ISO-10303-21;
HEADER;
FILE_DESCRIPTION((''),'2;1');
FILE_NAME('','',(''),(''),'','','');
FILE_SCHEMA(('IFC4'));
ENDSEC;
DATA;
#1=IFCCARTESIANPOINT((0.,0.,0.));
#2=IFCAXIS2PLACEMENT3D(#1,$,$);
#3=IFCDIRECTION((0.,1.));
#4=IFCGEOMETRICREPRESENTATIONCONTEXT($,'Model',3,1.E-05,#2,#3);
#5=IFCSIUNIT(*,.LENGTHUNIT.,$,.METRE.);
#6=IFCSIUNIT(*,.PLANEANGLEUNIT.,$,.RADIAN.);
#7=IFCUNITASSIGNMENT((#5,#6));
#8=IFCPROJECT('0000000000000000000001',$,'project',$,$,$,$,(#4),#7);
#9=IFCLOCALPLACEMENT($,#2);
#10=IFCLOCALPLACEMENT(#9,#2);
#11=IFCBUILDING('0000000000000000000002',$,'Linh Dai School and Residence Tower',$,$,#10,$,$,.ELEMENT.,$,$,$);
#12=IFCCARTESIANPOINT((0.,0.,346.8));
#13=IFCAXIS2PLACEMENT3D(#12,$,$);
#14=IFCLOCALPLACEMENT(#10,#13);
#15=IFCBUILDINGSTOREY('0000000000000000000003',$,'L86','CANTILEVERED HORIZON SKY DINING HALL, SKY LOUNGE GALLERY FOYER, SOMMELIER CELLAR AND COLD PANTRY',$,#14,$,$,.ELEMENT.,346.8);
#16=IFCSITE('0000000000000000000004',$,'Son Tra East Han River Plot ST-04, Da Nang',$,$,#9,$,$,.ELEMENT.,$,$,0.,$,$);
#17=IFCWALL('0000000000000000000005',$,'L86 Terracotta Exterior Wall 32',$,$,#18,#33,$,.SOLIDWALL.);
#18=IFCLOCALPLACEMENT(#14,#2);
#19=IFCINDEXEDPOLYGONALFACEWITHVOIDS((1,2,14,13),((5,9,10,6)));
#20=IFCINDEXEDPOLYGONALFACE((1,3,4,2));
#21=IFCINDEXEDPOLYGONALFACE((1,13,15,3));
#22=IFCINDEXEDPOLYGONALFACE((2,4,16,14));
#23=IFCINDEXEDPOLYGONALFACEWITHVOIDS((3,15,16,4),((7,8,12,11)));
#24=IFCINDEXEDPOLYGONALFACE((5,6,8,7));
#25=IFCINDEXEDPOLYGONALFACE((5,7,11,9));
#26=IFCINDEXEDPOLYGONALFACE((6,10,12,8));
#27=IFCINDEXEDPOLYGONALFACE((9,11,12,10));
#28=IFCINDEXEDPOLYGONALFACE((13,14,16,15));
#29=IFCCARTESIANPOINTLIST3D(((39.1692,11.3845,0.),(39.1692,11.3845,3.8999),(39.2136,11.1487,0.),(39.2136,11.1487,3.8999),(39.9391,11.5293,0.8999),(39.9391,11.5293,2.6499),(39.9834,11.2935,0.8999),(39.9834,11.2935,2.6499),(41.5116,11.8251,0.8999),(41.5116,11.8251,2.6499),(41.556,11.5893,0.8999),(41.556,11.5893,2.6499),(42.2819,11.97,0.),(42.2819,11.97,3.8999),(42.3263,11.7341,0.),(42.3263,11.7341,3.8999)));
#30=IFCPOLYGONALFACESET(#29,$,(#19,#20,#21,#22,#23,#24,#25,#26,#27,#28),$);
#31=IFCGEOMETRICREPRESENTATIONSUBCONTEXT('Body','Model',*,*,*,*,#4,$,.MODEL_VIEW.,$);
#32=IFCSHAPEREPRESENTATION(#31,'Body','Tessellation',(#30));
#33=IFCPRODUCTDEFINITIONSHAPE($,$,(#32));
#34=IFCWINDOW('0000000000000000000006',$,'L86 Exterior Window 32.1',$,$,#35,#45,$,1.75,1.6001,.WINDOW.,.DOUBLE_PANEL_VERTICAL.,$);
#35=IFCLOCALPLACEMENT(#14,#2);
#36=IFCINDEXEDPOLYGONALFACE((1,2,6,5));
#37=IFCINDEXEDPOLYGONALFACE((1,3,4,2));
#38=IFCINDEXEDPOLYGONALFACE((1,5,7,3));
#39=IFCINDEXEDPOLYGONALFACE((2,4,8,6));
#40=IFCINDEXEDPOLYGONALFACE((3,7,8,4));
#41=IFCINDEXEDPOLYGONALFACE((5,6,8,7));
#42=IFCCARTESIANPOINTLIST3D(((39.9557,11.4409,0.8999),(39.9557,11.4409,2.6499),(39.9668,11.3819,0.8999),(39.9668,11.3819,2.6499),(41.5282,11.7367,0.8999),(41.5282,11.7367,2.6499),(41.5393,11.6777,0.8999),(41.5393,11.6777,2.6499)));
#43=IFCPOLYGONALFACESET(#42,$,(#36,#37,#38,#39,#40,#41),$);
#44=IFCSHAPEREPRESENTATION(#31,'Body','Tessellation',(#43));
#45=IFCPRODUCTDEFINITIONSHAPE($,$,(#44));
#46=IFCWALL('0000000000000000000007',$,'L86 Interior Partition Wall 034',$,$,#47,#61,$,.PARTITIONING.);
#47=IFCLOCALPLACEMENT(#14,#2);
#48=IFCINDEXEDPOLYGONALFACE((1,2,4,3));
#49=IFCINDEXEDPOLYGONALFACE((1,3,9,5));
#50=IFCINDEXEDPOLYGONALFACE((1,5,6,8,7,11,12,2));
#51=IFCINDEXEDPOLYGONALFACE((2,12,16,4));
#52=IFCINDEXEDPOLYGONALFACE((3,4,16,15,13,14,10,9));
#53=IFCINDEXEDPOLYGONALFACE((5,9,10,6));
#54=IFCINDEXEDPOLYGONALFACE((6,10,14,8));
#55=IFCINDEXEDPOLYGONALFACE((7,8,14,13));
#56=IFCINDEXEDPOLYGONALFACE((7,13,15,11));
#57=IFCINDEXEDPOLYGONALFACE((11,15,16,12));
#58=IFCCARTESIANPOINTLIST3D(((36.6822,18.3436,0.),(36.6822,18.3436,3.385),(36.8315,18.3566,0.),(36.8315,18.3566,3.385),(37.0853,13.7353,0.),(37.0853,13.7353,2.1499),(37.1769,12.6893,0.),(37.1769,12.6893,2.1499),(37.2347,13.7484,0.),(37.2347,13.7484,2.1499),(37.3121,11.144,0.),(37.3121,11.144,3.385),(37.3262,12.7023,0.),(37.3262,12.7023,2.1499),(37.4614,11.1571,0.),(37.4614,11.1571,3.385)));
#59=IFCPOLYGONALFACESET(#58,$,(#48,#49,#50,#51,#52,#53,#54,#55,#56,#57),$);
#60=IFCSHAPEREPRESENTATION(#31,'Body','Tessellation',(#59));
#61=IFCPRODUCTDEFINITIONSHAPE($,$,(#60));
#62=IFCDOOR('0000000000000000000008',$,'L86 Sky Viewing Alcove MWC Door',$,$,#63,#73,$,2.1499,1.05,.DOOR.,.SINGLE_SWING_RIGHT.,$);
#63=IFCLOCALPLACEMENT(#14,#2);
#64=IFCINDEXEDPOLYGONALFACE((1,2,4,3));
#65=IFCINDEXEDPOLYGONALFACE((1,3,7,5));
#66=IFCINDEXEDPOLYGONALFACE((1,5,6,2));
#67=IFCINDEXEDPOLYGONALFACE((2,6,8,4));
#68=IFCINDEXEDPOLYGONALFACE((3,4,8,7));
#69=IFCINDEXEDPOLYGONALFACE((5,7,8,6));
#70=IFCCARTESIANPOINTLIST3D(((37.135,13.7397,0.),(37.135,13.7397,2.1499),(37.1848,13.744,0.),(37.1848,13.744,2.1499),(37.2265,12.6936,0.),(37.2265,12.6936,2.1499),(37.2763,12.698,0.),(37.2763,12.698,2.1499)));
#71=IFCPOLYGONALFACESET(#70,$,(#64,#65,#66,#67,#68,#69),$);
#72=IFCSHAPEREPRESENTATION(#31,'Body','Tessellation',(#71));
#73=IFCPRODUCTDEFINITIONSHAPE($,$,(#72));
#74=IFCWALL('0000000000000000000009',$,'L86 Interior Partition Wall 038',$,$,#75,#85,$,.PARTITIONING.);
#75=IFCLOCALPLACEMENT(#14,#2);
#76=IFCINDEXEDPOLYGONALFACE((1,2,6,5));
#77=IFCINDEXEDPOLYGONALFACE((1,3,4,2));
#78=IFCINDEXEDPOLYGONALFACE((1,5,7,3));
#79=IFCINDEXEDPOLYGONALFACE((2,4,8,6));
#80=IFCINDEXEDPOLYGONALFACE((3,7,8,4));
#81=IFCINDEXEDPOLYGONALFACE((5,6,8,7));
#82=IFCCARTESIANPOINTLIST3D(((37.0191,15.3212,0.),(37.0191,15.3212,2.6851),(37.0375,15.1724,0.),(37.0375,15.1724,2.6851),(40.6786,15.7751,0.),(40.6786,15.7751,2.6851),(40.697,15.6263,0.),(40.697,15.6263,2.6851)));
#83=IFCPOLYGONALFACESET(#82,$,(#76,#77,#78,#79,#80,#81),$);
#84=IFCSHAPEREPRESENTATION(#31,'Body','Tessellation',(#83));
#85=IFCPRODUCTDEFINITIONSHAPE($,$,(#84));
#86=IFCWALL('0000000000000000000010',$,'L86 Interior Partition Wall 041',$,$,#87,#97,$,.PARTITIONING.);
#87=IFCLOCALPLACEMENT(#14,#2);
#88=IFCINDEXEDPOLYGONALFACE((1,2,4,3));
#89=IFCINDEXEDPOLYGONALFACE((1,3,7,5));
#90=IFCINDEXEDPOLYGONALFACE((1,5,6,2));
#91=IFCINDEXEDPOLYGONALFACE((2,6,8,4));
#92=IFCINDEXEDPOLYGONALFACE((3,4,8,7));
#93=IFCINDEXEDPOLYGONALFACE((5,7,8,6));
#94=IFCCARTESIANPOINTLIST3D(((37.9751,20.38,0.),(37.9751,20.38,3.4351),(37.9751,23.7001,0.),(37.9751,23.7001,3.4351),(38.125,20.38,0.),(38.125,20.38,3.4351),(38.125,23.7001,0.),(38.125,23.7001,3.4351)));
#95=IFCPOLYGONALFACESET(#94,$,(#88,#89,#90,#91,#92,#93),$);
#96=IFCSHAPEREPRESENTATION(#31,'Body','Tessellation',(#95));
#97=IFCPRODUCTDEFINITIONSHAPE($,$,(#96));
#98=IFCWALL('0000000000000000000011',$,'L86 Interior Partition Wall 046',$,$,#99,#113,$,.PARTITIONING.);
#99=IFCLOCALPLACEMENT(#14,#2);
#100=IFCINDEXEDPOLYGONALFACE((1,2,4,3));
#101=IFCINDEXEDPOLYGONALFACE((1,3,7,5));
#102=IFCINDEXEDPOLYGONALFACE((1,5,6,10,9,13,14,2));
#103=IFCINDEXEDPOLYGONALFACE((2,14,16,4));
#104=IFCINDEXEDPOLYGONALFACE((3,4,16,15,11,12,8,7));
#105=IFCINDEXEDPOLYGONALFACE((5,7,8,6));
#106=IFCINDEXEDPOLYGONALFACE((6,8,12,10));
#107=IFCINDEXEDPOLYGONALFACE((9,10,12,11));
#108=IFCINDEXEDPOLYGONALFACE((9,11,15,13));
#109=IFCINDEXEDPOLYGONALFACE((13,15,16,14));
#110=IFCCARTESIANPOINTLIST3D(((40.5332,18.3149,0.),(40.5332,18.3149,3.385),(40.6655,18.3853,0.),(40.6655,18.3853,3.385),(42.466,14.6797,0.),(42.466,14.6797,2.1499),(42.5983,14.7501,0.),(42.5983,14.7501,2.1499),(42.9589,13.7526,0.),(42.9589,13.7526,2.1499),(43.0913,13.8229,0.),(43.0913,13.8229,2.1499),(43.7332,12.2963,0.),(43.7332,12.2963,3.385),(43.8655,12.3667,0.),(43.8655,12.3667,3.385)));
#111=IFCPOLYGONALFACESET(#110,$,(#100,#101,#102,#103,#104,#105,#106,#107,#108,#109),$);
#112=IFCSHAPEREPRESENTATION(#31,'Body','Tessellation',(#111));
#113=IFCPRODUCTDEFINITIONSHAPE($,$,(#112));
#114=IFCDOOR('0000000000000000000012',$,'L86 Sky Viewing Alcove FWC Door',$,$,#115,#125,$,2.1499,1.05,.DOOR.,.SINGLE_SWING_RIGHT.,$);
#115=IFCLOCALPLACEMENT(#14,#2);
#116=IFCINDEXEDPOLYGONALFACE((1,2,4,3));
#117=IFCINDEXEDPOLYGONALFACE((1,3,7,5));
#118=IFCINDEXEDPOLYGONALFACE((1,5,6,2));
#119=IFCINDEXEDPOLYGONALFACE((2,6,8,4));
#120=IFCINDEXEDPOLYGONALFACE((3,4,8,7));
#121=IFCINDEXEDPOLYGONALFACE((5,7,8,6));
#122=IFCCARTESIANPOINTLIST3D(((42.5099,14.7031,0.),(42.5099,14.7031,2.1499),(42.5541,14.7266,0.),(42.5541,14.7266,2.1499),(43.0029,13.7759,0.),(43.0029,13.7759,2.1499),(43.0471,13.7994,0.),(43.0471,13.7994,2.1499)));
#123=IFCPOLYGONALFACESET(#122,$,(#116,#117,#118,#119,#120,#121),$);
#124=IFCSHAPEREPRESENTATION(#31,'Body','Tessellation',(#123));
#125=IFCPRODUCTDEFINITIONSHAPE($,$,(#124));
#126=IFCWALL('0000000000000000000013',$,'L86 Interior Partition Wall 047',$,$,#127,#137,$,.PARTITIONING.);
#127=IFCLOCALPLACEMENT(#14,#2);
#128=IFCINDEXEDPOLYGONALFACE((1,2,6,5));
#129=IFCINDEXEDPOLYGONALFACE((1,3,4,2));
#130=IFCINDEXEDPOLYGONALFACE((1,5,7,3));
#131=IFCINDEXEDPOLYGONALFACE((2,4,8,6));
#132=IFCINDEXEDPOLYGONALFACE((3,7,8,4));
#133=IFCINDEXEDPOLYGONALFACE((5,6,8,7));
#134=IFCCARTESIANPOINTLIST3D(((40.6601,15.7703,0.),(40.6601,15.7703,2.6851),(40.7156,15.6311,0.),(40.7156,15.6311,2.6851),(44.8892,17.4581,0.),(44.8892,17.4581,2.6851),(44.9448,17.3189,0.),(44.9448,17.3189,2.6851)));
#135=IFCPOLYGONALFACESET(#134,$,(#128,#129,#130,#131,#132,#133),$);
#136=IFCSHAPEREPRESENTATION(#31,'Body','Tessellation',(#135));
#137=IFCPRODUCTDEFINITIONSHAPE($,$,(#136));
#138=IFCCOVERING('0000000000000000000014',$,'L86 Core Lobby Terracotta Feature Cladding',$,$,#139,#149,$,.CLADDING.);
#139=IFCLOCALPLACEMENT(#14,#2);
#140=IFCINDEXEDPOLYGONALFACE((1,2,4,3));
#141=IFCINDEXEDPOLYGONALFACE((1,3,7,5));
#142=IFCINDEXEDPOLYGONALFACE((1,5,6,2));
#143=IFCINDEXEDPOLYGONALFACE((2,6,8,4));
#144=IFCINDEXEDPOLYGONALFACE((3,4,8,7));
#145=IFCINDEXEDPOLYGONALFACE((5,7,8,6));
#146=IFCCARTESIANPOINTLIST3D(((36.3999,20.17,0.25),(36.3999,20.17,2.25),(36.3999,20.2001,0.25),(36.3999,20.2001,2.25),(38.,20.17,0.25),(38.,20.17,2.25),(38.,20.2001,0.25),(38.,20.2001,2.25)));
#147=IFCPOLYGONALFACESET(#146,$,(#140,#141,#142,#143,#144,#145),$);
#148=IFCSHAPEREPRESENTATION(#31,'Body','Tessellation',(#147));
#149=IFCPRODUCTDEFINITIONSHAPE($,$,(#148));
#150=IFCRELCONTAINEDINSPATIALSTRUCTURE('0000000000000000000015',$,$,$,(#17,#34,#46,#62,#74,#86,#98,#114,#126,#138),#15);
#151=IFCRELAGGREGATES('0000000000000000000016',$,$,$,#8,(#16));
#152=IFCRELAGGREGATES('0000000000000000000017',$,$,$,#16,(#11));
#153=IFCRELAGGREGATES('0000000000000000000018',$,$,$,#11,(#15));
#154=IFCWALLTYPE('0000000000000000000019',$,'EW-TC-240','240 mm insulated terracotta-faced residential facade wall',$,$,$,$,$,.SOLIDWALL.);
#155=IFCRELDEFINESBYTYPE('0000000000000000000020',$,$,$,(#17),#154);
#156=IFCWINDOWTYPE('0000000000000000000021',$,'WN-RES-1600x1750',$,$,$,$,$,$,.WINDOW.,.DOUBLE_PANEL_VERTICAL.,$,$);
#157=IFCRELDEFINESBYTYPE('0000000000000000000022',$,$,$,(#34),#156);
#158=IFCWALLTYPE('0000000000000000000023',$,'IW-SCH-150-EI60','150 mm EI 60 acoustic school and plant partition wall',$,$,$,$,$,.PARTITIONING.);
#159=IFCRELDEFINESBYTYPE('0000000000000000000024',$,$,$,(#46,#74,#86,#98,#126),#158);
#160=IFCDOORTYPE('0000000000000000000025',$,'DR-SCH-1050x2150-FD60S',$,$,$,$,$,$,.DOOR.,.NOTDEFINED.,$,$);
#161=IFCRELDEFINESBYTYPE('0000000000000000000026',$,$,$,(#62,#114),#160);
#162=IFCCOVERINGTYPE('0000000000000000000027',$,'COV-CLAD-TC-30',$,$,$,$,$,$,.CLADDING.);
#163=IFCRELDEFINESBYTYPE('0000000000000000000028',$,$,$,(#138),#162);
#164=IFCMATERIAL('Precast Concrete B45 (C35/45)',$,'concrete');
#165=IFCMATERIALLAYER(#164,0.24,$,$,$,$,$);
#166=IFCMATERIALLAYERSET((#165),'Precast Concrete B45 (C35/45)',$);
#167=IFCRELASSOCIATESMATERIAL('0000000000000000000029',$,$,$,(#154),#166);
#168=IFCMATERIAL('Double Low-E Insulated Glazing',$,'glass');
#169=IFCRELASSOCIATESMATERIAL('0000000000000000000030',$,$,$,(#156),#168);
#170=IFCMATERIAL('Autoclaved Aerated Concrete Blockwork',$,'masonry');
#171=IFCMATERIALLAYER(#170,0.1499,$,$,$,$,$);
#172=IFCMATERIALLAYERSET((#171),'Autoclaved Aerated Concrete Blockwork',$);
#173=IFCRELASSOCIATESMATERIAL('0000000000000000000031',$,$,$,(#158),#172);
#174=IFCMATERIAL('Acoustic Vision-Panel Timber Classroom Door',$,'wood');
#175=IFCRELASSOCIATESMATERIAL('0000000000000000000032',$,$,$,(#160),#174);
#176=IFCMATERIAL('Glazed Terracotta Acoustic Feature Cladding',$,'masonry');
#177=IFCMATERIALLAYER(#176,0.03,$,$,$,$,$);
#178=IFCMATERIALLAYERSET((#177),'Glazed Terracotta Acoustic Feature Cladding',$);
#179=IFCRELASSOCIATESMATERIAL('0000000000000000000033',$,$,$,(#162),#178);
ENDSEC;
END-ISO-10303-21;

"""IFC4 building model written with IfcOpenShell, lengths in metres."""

from ifc_helpers import new_model, si_unit, direction, frame, frame_2d, origin, origin_2d, place, context, subcontext, project, spatial, rectangle, extrude, source, transform, mapped, material, layer, layer_set, type_object, element, fill, save


model = new_model("IFC4")

# Units and contexts
model_context = context("Model", 3, precision=1e-05, world=origin(), true_north=direction((0.0, 1.0)))
body_context = subcontext(model_context, "Body", "Model", "MODEL_VIEW")
ifc_project = project(units=[si_unit("LENGTHUNIT", "METRE"), si_unit("PLANEANGLEUNIT", "RADIAN")], contexts=[model_context])

# Site, building, storey
site_placement = place(None, origin())
site = spatial("IfcSite", under=ifc_project, at=site_placement, Name="Son Tra East Han River Plot ST-04, Da Nang", CompositionType="ELEMENT", RefElevation=0.0)
building_placement = place(site_placement, origin())
building = spatial("IfcBuilding", under=site, at=building_placement, Name="Linh Dai School and Residence Tower", CompositionType="ELEMENT")
storey_placement = place(building_placement, frame((0.0, 0.0, 346.8)))
storey = spatial("IfcBuildingStorey", under=building, at=storey_placement, Name="L86", Description="CANTILEVERED HORIZON SKY DINING HALL, SKY LOUNGE GALLERY FOYER, SOMMELIER CELLAR AND COLD PANTRY", CompositionType="ELEMENT", Elevation=346.8)

# Shared definitions
ifc_material_1 = material(Name="Double Low-E Insulated Glazing", Category="glass")

# Shared definitions
ifc_material_2 = material(Name="Precast Concrete B45 (C35/45)", Category="concrete")
ifc_layer_1 = layer(ifc_material_2, 0.24)
ifc_layer_set_1 = layer_set([ifc_layer_1], Name="Precast Concrete B45 (C35/45)")
wall_type_1 = type_object("IfcWallType", Name="EW-TC-240", Description="240 mm insulated terracotta-faced residential facade wall", PredefinedType="SOLIDWALL", material=ifc_layer_set_1)
window_type = type_object("IfcWindowType", Name="WN-RES-1600x1750", PartitioningType="DOUBLE_PANEL_VERTICAL", PredefinedType="WINDOW", material=ifc_material_1)
shared_shape_1 = source(origin(), body_context, "Body", "SweptSolid", [
    extrude(rectangle(XDim=1.6001, YDim=1.75, at=origin_2d()), frame((0.8, 0.03, 0.875), z_axis=(0.0, -1.0, 0.0), x_axis=(1.0, 0.0, 0.0)), (0.0, 0.0, 1.0), 0.0601),
])

# Wall, opening, window
wall_1_placement = place(storey_placement, frame((42.304, 11.8521, 0.0), z_axis=(0.0, 0.0, 1.0), x_axis=(-0.982766, -0.184852, 0.0)))
wall_1 = element("IfcWall", 1, at=wall_1_placement, inside=storey, type_object=wall_type_1, Name="L86 Terracotta Exterior Wall 32", PredefinedType="SOLIDWALL", context=body_context, shape_type="SweptSolid", body=[
    extrude(rectangle(XDim=3.1672, YDim=0.24, at=frame_2d((1.5835, 0.0))), origin(), (0.0, 0.0, 1.0), 3.8999),
])
opening_1_placement = place(wall_1_placement, frame((0.7837, 0.0, 0.8999)))
opening_1 = element("IfcOpeningElement", 2, at=opening_1_placement, cuts=wall_1, PredefinedType="OPENING", context=body_context, shape_type="SweptSolid", body=[
    extrude(rectangle(XDim=1.6001, YDim=1.75, at=origin_2d()), frame((0.8, 0.1299, 0.875), z_axis=(0.0, -1.0, 0.0), x_axis=(1.0, 0.0, 0.0)), (0.0, 0.0, 1.0), 0.26),
])
window_1_placement = place(opening_1_placement, origin())
window_1 = element("IfcWindow", 3, at=window_1_placement, inside=storey, type_object=window_type, Name="L86 Exterior Window 32.1", OverallHeight=1.75, OverallWidth=1.6001, PartitioningType="DOUBLE_PANEL_VERTICAL", PredefinedType="WINDOW", context=body_context, shape_type="MappedRepresentation", body=[
    mapped(shared_shape_1, transform((0.0, 0.0, 0.0), x_axis=(1.0, 0.0, 0.0), y_axis=(0.0, 1.0, 0.0), z_axis=(0.0, 0.0, 1.0), scale=1.0)),
])
fill(opening_1, window_1)

# Wall, opening, door
ifc_material_3 = material(Name="Autoclaved Aerated Concrete Blockwork", Category="masonry")
ifc_layer_2 = layer(ifc_material_3, 0.1499)
ifc_layer_set_2 = layer_set([ifc_layer_2], Name="Autoclaved Aerated Concrete Blockwork")
wall_type_2 = type_object("IfcWallType", Name="IW-SCH-150-EI60", Description="150 mm EI 60 acoustic school and plant partition wall", PredefinedType="PARTITIONING", material=ifc_layer_set_2)
wall_2_placement = place(storey_placement, frame((36.7568, 18.3501, 0.0), z_axis=(0.0, 0.0, 1.0), x_axis=(0.087157, -0.996195, 0.0)))
wall_2 = element("IfcWall", 4, at=wall_2_placement, inside=storey, type_object=wall_type_2, Name="L86 Interior Partition Wall 034", PredefinedType="PARTITIONING", context=body_context, shape_type="SweptSolid", body=[
    extrude(rectangle(XDim=7.2271, YDim=0.1499, at=frame_2d((3.6135, 0.0))), origin(), (0.0, 0.0, 1.0), 3.385),
])
opening_2_placement = place(wall_2_placement, frame((4.626, 0.0, 0.0)))
opening_2 = element("IfcOpeningElement", 5, at=opening_2_placement, cuts=wall_2, PredefinedType="OPENING", context=body_context, shape_type="SweptSolid", body=[
    extrude(rectangle(XDim=1.05, YDim=2.1499, at=origin_2d()), frame((0.5249, 0.085, 1.075), z_axis=(0.0, -1.0, 0.0), x_axis=(1.0, 0.0, 0.0)), (0.0, 0.0, 1.0), 0.1699),
])
ifc_material_4 = material(Name="Acoustic Vision-Panel Timber Classroom Door", Category="wood")
door_type = type_object("IfcDoorType", Name="DR-SCH-1050x2150-FD60S", OperationType="NOTDEFINED", PredefinedType="DOOR", material=ifc_material_4)
shared_shape_2 = source(origin(), body_context, "Body", "SweptSolid", [
    extrude(rectangle(XDim=1.05, YDim=2.1499, at=origin_2d()), frame((0.5249, 0.0249, 1.075), z_axis=(0.0, -1.0, 0.0), x_axis=(1.0, 0.0, 0.0)), (0.0, 0.0, 1.0), 0.05),
])
door_1_placement = place(opening_2_placement, origin())
door_1 = element("IfcDoor", 6, at=door_1_placement, inside=storey, type_object=door_type, Name="L86 Sky Viewing Alcove MWC Door", OperationType="SINGLE_SWING_RIGHT", OverallHeight=2.1499, OverallWidth=1.05, PredefinedType="DOOR", context=body_context, shape_type="MappedRepresentation", body=[
    mapped(shared_shape_2, transform((0.0, 0.0, 0.0), x_axis=(1.0, 0.0, 0.0), y_axis=(0.0, 1.0, 0.0), z_axis=(0.0, 0.0, 1.0), scale=1.0)),
])
fill(opening_2, door_1)

# Walls
wall_3_placement = place(storey_placement, frame((37.0283, 15.2468, 0.0), z_axis=(0.0, 0.0, 1.0), x_axis=(0.992397, 0.123081, 0.0)))
element("IfcWall", 7, at=wall_3_placement, inside=storey, type_object=wall_type_2, Name="L86 Interior Partition Wall 038", PredefinedType="PARTITIONING", context=body_context, shape_type="SweptSolid", body=[
    extrude(rectangle(XDim=3.6875, YDim=0.1499, at=frame_2d((1.8438, 0.0))), origin(), (0.0, 0.0, 1.0), 2.6851),
])
wall_4_placement = place(storey_placement, frame((38.05, 20.3799, 0.0), z_axis=(0.0, 0.0, 1.0), x_axis=(0.0, 1.0, 0.0)))
element("IfcWall", 8, at=wall_4_placement, inside=storey, type_object=wall_type_2, Name="L86 Interior Partition Wall 041", PredefinedType="PARTITIONING", context=body_context, shape_type="SweptSolid", body=[
    extrude(rectangle(XDim=3.3201, YDim=0.1499, at=frame_2d((1.6602, 0.0))), origin(), (0.0, 0.0, 1.0), 3.4351),
])

# Wall, opening, door
wall_5_placement = place(storey_placement, frame((40.5994, 18.3501, 0.0), z_axis=(0.0, 0.0, 1.0), x_axis=(0.469452, -0.882958, 0.0)))
wall_5 = element("IfcWall", 9, at=wall_5_placement, inside=storey, type_object=wall_type_2, Name="L86 Interior Partition Wall 046", PredefinedType="PARTITIONING", context=body_context, shape_type="SweptSolid", body=[
    extrude(rectangle(XDim=6.8164, YDim=0.1499, at=frame_2d((3.4082, 0.0))), origin(), (0.0, 0.0, 1.0), 3.385),
])
opening_3_placement = place(wall_5_placement, frame((4.1172, 0.0, 0.0)))
opening_3 = element("IfcOpeningElement", 10, at=opening_3_placement, cuts=wall_5, PredefinedType="OPENING", context=body_context, shape_type="SweptSolid", body=[
    extrude(rectangle(XDim=1.05, YDim=2.1499, at=origin_2d()), frame((0.5249, 0.085, 1.075), z_axis=(0.0, -1.0, 0.0), x_axis=(1.0, 0.0, 0.0)), (0.0, 0.0, 1.0), 0.1699),
])
door_2_placement = place(opening_3_placement, origin())
door_2 = element("IfcDoor", 11, at=door_2_placement, inside=storey, type_object=door_type, Name="L86 Sky Viewing Alcove FWC Door", OperationType="SINGLE_SWING_RIGHT", OverallHeight=2.1499, OverallWidth=1.05, PredefinedType="DOOR", context=body_context, shape_type="MappedRepresentation", body=[
    mapped(shared_shape_2, transform((0.0, 0.0, 0.0), x_axis=(1.0, 0.0, 0.0), y_axis=(0.0, 1.0, 0.0), z_axis=(0.0, 0.0, 1.0), scale=1.0)),
])
fill(opening_3, door_2)

# Wall
wall_6_placement = place(storey_placement, frame((40.6877, 15.7007, 0.0), z_axis=(0.0, 0.0, 1.0), x_axis=(0.928769, 0.37066, 0.0)))
element("IfcWall", 12, at=wall_6_placement, inside=storey, type_object=wall_type_2, Name="L86 Interior Partition Wall 047", PredefinedType="PARTITIONING", context=body_context, shape_type="SweptSolid", body=[
    extrude(rectangle(XDim=4.5535, YDim=0.1499, at=frame_2d((2.2769, 0.0))), origin(), (0.0, 0.0, 1.0), 2.6851),
])

# Covering
ifc_material_5 = material(Name="Glazed Terracotta Acoustic Feature Cladding", Category="masonry")
ifc_layer_3 = layer(ifc_material_5, 0.03)
ifc_layer_set_3 = layer_set([ifc_layer_3], Name="Glazed Terracotta Acoustic Feature Cladding")
covering_type = type_object("IfcCoveringType", Name="COV-CLAD-TC-30", PredefinedType="CLADDING", material=ifc_layer_set_3)
shared_shape_3 = source(origin(), body_context, "Body", "SweptSolid", [
    extrude(rectangle(XDim=1.6001, YDim=0.03, at=origin_2d()), origin(), (0.0, 0.0, 1.0), 2.0),
])
covering_placement = place(storey_placement, frame((37.2, 20.1851, 0.25), z_axis=(0.0, 0.0, 1.0), x_axis=(1.0, 0.0, 0.0)))
element("IfcCovering", 13, at=covering_placement, inside=storey, type_object=covering_type, Name="L86 Core Lobby Terracotta Feature Cladding", PredefinedType="CLADDING", context=body_context, shape_type="MappedRepresentation", body=[
    mapped(shared_shape_3, transform((0.0, 0.0, 0.0), x_axis=(1.0, 0.0, 0.0), y_axis=(0.0, 1.0, 0.0), z_axis=(0.0, 0.0, 1.0), scale=1.0)),
])

save(model, "model.ifc")
